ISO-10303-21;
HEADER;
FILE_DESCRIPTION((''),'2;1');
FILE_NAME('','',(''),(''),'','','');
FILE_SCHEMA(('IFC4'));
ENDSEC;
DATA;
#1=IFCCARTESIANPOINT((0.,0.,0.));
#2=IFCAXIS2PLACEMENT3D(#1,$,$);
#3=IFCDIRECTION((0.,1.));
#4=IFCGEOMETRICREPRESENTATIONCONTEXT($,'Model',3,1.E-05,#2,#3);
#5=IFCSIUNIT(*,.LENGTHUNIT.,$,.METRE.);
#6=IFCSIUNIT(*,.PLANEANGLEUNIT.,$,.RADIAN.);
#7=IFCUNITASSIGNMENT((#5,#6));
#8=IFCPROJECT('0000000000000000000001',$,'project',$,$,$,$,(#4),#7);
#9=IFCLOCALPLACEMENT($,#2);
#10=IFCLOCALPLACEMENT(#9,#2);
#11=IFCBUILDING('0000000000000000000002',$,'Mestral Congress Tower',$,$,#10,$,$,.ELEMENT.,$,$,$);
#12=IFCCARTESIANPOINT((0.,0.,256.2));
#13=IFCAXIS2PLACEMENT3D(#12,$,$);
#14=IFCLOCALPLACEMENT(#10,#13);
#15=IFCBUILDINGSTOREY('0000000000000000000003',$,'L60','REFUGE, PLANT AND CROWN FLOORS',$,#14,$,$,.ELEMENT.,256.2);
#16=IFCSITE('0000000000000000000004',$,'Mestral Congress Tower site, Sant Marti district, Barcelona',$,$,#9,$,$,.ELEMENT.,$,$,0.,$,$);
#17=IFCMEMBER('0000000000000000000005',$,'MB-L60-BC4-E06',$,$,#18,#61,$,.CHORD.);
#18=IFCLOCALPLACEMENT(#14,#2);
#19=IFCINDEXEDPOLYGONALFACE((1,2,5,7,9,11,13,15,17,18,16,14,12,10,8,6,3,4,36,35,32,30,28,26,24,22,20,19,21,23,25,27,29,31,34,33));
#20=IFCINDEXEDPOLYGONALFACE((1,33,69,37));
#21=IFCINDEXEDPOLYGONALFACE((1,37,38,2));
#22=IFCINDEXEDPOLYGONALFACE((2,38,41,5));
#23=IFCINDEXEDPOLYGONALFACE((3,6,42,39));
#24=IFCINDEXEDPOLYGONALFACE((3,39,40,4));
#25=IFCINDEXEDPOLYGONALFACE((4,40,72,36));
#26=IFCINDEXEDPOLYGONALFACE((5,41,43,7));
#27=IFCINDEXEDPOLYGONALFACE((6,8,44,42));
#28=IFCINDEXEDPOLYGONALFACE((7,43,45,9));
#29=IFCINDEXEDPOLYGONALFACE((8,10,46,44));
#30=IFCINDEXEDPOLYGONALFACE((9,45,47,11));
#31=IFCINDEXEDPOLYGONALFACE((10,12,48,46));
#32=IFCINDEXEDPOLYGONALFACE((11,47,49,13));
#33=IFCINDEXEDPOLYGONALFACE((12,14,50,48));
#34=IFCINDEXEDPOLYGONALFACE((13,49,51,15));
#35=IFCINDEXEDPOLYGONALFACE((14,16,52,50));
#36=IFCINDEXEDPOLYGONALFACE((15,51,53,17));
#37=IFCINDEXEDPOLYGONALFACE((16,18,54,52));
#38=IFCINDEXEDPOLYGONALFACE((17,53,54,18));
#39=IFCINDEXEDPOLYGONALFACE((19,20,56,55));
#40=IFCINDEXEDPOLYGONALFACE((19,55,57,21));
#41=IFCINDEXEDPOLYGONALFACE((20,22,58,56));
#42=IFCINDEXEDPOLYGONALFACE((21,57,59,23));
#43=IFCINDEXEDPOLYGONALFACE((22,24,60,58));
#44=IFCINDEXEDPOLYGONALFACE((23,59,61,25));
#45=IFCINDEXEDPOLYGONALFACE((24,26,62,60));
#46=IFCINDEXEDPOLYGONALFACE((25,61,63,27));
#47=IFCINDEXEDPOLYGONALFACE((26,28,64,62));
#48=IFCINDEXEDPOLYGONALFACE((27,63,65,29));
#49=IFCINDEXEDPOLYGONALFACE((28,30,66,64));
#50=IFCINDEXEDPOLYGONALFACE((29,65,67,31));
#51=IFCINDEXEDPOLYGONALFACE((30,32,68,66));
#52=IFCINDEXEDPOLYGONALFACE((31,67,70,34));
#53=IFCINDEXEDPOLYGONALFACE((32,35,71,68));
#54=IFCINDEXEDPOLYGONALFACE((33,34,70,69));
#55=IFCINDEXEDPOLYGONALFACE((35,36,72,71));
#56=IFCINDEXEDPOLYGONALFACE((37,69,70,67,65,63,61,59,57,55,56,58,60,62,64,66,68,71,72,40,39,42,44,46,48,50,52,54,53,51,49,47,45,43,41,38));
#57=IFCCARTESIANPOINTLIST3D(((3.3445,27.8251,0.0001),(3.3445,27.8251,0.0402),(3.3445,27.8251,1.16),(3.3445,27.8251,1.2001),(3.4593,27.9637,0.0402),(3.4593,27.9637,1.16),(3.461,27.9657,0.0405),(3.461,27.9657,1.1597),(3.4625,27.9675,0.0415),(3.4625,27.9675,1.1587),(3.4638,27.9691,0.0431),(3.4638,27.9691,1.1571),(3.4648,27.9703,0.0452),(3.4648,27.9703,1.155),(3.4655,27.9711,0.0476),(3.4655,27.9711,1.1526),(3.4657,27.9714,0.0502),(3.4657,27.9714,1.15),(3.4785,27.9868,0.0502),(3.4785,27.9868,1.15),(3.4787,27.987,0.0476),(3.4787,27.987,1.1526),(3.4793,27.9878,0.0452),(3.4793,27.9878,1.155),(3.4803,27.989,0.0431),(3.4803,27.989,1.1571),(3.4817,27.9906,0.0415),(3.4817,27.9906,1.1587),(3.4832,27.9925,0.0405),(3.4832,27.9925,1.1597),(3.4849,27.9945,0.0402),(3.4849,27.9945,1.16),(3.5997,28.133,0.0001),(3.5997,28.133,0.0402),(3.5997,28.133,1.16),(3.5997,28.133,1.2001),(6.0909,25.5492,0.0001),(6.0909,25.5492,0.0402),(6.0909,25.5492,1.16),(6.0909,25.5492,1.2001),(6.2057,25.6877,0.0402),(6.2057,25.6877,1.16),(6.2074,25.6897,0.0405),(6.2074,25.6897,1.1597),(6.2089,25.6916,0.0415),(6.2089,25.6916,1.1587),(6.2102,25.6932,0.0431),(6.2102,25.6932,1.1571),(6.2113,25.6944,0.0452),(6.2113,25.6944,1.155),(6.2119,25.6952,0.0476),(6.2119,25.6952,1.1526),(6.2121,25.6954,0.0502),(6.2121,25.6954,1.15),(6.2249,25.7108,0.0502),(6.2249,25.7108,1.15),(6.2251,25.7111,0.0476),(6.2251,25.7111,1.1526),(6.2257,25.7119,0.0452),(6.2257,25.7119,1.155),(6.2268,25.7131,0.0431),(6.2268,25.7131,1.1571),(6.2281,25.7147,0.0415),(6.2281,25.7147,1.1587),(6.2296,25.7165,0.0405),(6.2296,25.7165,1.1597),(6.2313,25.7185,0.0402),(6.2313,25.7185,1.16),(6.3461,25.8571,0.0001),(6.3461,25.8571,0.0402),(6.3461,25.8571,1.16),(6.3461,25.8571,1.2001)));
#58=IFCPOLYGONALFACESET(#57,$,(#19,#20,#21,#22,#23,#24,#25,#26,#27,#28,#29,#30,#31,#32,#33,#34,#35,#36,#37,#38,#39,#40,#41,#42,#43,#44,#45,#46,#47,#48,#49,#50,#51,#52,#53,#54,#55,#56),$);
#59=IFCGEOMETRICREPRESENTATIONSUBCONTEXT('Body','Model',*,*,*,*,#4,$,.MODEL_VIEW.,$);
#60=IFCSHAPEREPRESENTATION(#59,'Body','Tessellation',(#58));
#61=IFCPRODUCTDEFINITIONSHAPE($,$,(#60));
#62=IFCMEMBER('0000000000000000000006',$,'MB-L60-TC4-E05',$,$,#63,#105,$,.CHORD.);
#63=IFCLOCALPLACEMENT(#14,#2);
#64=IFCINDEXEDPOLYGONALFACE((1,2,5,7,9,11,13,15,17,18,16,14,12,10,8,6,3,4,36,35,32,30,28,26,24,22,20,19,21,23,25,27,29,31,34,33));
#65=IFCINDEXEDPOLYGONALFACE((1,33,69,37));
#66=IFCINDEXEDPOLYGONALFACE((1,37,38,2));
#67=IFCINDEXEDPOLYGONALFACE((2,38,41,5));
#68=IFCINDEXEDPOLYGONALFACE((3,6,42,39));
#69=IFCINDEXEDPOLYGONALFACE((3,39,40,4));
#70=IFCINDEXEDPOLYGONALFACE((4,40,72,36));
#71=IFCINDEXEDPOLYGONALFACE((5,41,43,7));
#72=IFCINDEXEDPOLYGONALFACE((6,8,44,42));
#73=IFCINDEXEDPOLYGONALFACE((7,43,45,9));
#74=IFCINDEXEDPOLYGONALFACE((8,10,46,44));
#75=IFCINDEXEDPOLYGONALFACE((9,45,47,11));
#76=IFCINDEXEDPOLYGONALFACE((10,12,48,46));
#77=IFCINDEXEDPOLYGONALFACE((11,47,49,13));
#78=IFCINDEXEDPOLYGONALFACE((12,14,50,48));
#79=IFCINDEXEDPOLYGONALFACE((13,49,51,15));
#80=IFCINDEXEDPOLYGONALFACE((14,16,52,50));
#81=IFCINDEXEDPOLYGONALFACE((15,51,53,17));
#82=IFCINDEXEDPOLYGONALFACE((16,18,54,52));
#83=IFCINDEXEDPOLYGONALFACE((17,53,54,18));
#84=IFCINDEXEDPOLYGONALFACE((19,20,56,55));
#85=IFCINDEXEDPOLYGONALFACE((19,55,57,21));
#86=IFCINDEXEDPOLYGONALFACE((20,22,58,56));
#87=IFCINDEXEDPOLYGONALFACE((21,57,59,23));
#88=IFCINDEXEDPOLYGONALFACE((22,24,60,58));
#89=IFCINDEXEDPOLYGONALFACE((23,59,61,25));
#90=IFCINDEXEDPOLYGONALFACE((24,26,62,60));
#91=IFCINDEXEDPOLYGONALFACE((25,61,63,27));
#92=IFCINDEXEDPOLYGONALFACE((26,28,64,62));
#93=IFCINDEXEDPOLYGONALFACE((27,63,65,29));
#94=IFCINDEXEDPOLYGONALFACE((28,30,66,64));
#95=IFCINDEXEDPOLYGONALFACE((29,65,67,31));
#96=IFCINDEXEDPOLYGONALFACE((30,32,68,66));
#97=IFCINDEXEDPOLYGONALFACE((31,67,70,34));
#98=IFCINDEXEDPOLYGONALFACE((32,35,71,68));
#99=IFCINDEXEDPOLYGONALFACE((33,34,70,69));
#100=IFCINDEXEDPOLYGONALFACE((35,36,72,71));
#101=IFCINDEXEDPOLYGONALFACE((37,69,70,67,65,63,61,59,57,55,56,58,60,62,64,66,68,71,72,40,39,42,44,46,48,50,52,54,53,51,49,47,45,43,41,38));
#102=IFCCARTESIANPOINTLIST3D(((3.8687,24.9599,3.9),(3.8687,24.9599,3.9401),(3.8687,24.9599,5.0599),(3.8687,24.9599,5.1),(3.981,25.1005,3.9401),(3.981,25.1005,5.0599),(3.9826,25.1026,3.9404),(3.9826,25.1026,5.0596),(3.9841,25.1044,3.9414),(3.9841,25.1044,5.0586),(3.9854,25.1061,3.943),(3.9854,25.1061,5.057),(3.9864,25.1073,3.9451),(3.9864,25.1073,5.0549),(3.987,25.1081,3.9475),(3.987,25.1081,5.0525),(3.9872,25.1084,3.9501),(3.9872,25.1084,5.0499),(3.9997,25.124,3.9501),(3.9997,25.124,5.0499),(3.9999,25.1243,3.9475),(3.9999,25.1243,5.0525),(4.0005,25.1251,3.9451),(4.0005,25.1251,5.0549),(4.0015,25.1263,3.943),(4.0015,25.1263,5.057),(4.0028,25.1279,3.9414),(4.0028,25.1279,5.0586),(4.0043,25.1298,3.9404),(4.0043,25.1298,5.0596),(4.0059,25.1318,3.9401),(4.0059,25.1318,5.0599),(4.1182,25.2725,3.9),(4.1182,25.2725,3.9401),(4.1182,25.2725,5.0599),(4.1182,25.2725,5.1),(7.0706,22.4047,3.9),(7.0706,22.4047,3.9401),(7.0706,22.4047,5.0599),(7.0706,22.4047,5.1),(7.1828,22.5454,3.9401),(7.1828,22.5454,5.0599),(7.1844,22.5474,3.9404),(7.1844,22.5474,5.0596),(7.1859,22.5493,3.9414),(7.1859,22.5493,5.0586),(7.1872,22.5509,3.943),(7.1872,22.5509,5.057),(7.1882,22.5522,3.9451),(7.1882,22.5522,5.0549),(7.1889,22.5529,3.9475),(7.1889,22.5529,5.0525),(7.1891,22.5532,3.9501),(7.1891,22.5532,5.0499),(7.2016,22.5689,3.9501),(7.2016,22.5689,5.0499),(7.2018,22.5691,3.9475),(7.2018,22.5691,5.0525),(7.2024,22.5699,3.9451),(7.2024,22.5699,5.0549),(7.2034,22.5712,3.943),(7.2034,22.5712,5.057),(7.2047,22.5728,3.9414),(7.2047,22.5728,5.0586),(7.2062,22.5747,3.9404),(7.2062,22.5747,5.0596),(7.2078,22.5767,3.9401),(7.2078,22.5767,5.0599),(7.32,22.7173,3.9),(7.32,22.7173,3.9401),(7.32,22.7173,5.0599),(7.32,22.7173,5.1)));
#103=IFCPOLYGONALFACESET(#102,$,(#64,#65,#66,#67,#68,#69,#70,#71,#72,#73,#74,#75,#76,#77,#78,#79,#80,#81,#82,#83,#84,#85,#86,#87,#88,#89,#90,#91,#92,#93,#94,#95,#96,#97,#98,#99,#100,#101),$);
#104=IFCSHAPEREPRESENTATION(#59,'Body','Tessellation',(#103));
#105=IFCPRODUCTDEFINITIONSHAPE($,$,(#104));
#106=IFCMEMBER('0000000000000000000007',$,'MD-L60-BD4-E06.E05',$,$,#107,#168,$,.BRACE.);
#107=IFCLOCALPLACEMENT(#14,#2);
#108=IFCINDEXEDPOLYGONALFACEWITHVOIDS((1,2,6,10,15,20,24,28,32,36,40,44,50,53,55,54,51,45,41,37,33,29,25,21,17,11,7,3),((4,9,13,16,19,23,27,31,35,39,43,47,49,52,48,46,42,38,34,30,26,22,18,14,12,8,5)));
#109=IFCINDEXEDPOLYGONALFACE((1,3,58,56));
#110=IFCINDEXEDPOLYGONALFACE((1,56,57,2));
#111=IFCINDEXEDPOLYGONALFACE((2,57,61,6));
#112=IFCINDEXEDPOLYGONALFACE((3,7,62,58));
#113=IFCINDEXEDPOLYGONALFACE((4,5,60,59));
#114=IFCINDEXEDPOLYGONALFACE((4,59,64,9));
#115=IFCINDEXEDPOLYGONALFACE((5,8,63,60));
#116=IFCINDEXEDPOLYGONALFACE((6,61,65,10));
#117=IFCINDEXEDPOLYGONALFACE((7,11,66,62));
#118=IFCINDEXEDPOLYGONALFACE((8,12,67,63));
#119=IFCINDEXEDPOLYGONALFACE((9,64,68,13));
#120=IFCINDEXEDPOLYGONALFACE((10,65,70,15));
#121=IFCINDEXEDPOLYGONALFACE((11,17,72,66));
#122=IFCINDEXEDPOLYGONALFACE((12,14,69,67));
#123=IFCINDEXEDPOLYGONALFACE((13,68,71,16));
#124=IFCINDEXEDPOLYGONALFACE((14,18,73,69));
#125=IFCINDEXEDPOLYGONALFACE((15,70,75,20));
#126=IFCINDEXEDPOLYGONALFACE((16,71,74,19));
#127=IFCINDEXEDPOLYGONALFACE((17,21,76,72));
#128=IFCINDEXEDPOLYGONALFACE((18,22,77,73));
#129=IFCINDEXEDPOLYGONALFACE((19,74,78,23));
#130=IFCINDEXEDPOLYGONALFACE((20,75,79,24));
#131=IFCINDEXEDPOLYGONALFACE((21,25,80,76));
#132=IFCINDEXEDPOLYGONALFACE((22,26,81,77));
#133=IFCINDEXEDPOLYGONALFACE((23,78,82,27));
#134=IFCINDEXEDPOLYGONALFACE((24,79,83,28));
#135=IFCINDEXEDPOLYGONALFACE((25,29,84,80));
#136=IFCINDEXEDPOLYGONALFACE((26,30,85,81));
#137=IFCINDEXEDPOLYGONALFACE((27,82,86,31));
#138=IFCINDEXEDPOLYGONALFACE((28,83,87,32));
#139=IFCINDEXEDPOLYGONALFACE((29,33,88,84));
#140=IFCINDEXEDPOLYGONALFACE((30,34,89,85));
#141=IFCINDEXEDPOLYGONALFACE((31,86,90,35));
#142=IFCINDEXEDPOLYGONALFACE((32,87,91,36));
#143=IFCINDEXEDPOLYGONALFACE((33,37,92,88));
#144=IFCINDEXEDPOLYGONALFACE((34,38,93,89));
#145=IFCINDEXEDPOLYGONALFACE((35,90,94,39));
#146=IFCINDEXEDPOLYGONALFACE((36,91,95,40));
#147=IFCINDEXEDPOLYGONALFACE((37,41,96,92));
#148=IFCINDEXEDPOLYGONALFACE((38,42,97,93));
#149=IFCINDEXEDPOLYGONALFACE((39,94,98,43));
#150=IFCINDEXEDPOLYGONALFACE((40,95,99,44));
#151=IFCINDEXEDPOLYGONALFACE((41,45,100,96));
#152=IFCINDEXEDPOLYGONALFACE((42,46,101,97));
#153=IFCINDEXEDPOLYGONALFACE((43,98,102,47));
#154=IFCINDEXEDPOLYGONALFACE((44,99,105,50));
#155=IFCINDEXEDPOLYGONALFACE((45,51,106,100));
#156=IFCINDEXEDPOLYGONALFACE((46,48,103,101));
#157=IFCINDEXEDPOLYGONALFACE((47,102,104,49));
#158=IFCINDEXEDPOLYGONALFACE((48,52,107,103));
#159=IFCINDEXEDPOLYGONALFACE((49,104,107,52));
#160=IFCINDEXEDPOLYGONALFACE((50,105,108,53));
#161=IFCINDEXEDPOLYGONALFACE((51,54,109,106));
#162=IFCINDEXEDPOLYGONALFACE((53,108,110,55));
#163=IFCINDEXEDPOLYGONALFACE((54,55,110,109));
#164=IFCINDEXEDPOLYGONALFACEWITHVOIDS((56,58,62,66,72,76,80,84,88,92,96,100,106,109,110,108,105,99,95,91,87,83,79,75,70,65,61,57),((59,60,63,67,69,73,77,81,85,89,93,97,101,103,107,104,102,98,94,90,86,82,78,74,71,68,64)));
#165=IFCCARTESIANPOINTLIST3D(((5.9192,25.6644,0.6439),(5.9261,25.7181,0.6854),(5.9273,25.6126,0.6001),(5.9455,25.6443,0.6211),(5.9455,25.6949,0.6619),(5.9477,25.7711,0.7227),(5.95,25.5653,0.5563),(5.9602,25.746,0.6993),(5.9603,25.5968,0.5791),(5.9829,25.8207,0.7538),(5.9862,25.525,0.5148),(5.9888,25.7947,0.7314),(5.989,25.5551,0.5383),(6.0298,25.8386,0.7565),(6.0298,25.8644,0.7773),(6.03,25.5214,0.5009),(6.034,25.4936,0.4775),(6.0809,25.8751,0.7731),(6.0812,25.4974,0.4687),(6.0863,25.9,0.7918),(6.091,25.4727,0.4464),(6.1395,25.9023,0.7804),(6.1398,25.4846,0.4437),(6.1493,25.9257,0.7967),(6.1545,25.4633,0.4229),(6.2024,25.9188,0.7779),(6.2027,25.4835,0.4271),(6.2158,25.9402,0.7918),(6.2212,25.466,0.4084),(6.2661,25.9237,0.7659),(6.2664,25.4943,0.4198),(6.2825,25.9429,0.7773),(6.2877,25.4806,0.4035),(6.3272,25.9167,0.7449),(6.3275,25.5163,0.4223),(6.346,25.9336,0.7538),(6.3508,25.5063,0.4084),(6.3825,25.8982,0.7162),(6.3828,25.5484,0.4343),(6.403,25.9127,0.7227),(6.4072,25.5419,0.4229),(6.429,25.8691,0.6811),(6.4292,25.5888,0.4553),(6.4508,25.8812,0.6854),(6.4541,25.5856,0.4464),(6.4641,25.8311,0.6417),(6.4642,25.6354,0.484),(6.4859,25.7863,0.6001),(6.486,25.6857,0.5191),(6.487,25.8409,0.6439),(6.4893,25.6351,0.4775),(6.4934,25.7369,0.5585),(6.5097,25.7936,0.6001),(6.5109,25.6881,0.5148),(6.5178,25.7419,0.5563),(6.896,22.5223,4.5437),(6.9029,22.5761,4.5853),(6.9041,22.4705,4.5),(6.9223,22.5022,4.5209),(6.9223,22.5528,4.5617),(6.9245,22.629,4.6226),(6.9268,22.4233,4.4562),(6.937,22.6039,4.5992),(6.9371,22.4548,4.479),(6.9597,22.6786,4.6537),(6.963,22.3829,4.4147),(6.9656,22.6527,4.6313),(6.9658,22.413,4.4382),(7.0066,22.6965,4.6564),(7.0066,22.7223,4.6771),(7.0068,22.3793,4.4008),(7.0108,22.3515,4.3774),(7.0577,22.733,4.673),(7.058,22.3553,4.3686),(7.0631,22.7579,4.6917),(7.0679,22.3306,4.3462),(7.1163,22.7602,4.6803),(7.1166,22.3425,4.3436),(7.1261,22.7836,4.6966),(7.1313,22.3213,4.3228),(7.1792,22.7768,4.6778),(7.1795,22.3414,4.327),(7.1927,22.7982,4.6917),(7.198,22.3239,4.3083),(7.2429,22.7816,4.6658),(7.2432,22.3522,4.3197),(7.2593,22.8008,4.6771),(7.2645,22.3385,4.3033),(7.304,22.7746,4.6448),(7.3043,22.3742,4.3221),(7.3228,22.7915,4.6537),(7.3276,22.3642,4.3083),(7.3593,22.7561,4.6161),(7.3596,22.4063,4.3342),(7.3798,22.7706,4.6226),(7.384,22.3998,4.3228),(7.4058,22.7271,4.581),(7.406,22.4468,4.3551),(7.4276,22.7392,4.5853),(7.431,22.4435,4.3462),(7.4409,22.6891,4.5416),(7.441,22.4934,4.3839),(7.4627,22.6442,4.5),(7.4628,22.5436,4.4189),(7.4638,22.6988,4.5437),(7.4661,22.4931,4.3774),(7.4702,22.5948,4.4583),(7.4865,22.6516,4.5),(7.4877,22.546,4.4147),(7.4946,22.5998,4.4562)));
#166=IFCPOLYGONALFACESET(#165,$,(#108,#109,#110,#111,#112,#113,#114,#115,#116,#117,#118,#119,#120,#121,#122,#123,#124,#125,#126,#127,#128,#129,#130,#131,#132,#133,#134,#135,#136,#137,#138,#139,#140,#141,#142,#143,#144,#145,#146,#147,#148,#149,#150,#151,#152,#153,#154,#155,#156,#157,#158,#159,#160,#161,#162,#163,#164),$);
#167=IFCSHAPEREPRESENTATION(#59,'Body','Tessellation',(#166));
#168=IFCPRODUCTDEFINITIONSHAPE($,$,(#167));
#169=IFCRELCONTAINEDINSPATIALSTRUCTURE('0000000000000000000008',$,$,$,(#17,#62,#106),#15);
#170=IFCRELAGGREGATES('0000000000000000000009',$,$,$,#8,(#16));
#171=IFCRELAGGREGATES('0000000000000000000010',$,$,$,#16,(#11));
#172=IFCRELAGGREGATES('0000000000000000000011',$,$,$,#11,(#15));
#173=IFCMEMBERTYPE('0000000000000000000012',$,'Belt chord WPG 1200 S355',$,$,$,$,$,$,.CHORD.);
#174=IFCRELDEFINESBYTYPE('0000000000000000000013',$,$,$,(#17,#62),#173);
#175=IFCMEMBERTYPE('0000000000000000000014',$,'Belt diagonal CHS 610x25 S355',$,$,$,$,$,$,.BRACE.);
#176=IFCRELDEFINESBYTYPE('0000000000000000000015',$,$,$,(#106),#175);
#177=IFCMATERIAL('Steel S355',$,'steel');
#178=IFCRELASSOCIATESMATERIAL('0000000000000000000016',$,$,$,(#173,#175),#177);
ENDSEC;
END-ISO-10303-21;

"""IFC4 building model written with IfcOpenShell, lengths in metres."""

from ifc_helpers import new_model, si_unit, direction, frame, origin, origin_2d, place, context, subcontext, project, spatial, hollow_circle, i_section, extrude, material, material_profile, profile_set, type_object, element, save


model = new_model("IFC4")

# Units and contexts
model_context = context("Model", 3, precision=1e-05, world=origin(), true_north=direction((0.0, 1.0)))
body_context = subcontext(model_context, "Body", "Model", "MODEL_VIEW")
ifc_project = project(units=[si_unit("LENGTHUNIT", "METRE"), si_unit("PLANEANGLEUNIT", "RADIAN")], contexts=[model_context])

# Site, building, storey
site_placement = place(None, origin())
site = spatial("IfcSite", under=ifc_project, at=site_placement, Name="Mestral Congress Tower site, Sant Marti district, Barcelona", CompositionType="ELEMENT", RefElevation=0.0)
building_placement = place(site_placement, origin())
building = spatial("IfcBuilding", under=site, at=building_placement, Name="Mestral Congress Tower", CompositionType="ELEMENT")
storey_placement = place(building_placement, frame((0.0, 0.0, 256.2)))
storey = spatial("IfcBuildingStorey", under=building, at=storey_placement, Name="L60", Description="REFUGE, PLANT AND CROWN FLOORS", CompositionType="ELEMENT", Elevation=256.2)

# Members
ifc_material_1 = material(Name="Steel S355", Category="steel")
ifc_material_profile_1 = material_profile(ifc_material_1, i_section(OverallWidth=0.3999, OverallDepth=1.2, WebThickness=0.02, FlangeThickness=0.04, FilletRadius=0.01, at=origin_2d()), Name="WPG 1200")
ifc_profile_set_1 = profile_set([ifc_material_profile_1], Name="Steel S355")
member_type_1 = type_object("IfcMemberType", Name="Belt chord WPG 1200 S355", PredefinedType="CHORD", material=ifc_profile_set_1)
member_1_placement = place(storey_placement, frame((6.2185, 25.7031, 0.6001), z_axis=(-0.769974, 0.638075, 0.0), x_axis=(-0.638075, -0.769974, 0.0)))
element("IfcMember", 1, at=member_1_placement, inside=storey, type_object=member_type_1, Name="MB-L60-BC4-E06", PredefinedType="CHORD", context=body_context, shape_type="SweptSolid", body=[
    extrude(i_section(OverallWidth=0.3999, OverallDepth=1.2, WebThickness=0.02, FlangeThickness=0.04, FilletRadius=0.01, at=origin_2d()), origin(), (0.0, 0.0, 1.0), 3.5669),
])
member_2_placement = place(storey_placement, frame((7.1953, 22.561, 4.5), z_axis=(-0.781624, 0.62375, 0.0), x_axis=(-0.62375, -0.781624, 0.0)))
element("IfcMember", 2, at=member_2_placement, inside=storey, type_object=member_type_1, Name="MB-L60-TC4-E05", PredefinedType="CHORD", context=body_context, shape_type="SweptSolid", body=[
    extrude(i_section(OverallWidth=0.3999, OverallDepth=1.2, WebThickness=0.02, FlangeThickness=0.04, FilletRadius=0.01, at=origin_2d()), origin(), (0.0, 0.0, 1.0), 4.0964),
])
ifc_material_profile_2 = material_profile(ifc_material_1, hollow_circle(Radius=0.3049, WallThickness=0.0249, at=origin_2d()), Name="CHS 610x25")
ifc_profile_set_2 = profile_set([ifc_material_profile_2], Name="Steel S355")
member_type_2 = type_object("IfcMemberType", Name="Belt diagonal CHS 610x25 S355", PredefinedType="BRACE", material=ifc_profile_set_2)
member_3_placement = place(storey_placement, frame((6.2185, 25.7031, 0.6001), z_axis=(0.191435, -0.615787, 0.764303), x_axis=(0.95492, 0.296864, 0.0)))
element("IfcMember", 3, at=member_3_placement, inside=storey, type_object=member_type_2, Name="MD-L60-BD4-E06.E05", PredefinedType="BRACE", context=body_context, shape_type="SweptSolid", body=[
    extrude(hollow_circle(Radius=0.3049, WallThickness=0.0249, at=origin_2d()), origin(), (0.0, 0.0, 1.0), 5.1025),
])

save(model, "model.ifc")
